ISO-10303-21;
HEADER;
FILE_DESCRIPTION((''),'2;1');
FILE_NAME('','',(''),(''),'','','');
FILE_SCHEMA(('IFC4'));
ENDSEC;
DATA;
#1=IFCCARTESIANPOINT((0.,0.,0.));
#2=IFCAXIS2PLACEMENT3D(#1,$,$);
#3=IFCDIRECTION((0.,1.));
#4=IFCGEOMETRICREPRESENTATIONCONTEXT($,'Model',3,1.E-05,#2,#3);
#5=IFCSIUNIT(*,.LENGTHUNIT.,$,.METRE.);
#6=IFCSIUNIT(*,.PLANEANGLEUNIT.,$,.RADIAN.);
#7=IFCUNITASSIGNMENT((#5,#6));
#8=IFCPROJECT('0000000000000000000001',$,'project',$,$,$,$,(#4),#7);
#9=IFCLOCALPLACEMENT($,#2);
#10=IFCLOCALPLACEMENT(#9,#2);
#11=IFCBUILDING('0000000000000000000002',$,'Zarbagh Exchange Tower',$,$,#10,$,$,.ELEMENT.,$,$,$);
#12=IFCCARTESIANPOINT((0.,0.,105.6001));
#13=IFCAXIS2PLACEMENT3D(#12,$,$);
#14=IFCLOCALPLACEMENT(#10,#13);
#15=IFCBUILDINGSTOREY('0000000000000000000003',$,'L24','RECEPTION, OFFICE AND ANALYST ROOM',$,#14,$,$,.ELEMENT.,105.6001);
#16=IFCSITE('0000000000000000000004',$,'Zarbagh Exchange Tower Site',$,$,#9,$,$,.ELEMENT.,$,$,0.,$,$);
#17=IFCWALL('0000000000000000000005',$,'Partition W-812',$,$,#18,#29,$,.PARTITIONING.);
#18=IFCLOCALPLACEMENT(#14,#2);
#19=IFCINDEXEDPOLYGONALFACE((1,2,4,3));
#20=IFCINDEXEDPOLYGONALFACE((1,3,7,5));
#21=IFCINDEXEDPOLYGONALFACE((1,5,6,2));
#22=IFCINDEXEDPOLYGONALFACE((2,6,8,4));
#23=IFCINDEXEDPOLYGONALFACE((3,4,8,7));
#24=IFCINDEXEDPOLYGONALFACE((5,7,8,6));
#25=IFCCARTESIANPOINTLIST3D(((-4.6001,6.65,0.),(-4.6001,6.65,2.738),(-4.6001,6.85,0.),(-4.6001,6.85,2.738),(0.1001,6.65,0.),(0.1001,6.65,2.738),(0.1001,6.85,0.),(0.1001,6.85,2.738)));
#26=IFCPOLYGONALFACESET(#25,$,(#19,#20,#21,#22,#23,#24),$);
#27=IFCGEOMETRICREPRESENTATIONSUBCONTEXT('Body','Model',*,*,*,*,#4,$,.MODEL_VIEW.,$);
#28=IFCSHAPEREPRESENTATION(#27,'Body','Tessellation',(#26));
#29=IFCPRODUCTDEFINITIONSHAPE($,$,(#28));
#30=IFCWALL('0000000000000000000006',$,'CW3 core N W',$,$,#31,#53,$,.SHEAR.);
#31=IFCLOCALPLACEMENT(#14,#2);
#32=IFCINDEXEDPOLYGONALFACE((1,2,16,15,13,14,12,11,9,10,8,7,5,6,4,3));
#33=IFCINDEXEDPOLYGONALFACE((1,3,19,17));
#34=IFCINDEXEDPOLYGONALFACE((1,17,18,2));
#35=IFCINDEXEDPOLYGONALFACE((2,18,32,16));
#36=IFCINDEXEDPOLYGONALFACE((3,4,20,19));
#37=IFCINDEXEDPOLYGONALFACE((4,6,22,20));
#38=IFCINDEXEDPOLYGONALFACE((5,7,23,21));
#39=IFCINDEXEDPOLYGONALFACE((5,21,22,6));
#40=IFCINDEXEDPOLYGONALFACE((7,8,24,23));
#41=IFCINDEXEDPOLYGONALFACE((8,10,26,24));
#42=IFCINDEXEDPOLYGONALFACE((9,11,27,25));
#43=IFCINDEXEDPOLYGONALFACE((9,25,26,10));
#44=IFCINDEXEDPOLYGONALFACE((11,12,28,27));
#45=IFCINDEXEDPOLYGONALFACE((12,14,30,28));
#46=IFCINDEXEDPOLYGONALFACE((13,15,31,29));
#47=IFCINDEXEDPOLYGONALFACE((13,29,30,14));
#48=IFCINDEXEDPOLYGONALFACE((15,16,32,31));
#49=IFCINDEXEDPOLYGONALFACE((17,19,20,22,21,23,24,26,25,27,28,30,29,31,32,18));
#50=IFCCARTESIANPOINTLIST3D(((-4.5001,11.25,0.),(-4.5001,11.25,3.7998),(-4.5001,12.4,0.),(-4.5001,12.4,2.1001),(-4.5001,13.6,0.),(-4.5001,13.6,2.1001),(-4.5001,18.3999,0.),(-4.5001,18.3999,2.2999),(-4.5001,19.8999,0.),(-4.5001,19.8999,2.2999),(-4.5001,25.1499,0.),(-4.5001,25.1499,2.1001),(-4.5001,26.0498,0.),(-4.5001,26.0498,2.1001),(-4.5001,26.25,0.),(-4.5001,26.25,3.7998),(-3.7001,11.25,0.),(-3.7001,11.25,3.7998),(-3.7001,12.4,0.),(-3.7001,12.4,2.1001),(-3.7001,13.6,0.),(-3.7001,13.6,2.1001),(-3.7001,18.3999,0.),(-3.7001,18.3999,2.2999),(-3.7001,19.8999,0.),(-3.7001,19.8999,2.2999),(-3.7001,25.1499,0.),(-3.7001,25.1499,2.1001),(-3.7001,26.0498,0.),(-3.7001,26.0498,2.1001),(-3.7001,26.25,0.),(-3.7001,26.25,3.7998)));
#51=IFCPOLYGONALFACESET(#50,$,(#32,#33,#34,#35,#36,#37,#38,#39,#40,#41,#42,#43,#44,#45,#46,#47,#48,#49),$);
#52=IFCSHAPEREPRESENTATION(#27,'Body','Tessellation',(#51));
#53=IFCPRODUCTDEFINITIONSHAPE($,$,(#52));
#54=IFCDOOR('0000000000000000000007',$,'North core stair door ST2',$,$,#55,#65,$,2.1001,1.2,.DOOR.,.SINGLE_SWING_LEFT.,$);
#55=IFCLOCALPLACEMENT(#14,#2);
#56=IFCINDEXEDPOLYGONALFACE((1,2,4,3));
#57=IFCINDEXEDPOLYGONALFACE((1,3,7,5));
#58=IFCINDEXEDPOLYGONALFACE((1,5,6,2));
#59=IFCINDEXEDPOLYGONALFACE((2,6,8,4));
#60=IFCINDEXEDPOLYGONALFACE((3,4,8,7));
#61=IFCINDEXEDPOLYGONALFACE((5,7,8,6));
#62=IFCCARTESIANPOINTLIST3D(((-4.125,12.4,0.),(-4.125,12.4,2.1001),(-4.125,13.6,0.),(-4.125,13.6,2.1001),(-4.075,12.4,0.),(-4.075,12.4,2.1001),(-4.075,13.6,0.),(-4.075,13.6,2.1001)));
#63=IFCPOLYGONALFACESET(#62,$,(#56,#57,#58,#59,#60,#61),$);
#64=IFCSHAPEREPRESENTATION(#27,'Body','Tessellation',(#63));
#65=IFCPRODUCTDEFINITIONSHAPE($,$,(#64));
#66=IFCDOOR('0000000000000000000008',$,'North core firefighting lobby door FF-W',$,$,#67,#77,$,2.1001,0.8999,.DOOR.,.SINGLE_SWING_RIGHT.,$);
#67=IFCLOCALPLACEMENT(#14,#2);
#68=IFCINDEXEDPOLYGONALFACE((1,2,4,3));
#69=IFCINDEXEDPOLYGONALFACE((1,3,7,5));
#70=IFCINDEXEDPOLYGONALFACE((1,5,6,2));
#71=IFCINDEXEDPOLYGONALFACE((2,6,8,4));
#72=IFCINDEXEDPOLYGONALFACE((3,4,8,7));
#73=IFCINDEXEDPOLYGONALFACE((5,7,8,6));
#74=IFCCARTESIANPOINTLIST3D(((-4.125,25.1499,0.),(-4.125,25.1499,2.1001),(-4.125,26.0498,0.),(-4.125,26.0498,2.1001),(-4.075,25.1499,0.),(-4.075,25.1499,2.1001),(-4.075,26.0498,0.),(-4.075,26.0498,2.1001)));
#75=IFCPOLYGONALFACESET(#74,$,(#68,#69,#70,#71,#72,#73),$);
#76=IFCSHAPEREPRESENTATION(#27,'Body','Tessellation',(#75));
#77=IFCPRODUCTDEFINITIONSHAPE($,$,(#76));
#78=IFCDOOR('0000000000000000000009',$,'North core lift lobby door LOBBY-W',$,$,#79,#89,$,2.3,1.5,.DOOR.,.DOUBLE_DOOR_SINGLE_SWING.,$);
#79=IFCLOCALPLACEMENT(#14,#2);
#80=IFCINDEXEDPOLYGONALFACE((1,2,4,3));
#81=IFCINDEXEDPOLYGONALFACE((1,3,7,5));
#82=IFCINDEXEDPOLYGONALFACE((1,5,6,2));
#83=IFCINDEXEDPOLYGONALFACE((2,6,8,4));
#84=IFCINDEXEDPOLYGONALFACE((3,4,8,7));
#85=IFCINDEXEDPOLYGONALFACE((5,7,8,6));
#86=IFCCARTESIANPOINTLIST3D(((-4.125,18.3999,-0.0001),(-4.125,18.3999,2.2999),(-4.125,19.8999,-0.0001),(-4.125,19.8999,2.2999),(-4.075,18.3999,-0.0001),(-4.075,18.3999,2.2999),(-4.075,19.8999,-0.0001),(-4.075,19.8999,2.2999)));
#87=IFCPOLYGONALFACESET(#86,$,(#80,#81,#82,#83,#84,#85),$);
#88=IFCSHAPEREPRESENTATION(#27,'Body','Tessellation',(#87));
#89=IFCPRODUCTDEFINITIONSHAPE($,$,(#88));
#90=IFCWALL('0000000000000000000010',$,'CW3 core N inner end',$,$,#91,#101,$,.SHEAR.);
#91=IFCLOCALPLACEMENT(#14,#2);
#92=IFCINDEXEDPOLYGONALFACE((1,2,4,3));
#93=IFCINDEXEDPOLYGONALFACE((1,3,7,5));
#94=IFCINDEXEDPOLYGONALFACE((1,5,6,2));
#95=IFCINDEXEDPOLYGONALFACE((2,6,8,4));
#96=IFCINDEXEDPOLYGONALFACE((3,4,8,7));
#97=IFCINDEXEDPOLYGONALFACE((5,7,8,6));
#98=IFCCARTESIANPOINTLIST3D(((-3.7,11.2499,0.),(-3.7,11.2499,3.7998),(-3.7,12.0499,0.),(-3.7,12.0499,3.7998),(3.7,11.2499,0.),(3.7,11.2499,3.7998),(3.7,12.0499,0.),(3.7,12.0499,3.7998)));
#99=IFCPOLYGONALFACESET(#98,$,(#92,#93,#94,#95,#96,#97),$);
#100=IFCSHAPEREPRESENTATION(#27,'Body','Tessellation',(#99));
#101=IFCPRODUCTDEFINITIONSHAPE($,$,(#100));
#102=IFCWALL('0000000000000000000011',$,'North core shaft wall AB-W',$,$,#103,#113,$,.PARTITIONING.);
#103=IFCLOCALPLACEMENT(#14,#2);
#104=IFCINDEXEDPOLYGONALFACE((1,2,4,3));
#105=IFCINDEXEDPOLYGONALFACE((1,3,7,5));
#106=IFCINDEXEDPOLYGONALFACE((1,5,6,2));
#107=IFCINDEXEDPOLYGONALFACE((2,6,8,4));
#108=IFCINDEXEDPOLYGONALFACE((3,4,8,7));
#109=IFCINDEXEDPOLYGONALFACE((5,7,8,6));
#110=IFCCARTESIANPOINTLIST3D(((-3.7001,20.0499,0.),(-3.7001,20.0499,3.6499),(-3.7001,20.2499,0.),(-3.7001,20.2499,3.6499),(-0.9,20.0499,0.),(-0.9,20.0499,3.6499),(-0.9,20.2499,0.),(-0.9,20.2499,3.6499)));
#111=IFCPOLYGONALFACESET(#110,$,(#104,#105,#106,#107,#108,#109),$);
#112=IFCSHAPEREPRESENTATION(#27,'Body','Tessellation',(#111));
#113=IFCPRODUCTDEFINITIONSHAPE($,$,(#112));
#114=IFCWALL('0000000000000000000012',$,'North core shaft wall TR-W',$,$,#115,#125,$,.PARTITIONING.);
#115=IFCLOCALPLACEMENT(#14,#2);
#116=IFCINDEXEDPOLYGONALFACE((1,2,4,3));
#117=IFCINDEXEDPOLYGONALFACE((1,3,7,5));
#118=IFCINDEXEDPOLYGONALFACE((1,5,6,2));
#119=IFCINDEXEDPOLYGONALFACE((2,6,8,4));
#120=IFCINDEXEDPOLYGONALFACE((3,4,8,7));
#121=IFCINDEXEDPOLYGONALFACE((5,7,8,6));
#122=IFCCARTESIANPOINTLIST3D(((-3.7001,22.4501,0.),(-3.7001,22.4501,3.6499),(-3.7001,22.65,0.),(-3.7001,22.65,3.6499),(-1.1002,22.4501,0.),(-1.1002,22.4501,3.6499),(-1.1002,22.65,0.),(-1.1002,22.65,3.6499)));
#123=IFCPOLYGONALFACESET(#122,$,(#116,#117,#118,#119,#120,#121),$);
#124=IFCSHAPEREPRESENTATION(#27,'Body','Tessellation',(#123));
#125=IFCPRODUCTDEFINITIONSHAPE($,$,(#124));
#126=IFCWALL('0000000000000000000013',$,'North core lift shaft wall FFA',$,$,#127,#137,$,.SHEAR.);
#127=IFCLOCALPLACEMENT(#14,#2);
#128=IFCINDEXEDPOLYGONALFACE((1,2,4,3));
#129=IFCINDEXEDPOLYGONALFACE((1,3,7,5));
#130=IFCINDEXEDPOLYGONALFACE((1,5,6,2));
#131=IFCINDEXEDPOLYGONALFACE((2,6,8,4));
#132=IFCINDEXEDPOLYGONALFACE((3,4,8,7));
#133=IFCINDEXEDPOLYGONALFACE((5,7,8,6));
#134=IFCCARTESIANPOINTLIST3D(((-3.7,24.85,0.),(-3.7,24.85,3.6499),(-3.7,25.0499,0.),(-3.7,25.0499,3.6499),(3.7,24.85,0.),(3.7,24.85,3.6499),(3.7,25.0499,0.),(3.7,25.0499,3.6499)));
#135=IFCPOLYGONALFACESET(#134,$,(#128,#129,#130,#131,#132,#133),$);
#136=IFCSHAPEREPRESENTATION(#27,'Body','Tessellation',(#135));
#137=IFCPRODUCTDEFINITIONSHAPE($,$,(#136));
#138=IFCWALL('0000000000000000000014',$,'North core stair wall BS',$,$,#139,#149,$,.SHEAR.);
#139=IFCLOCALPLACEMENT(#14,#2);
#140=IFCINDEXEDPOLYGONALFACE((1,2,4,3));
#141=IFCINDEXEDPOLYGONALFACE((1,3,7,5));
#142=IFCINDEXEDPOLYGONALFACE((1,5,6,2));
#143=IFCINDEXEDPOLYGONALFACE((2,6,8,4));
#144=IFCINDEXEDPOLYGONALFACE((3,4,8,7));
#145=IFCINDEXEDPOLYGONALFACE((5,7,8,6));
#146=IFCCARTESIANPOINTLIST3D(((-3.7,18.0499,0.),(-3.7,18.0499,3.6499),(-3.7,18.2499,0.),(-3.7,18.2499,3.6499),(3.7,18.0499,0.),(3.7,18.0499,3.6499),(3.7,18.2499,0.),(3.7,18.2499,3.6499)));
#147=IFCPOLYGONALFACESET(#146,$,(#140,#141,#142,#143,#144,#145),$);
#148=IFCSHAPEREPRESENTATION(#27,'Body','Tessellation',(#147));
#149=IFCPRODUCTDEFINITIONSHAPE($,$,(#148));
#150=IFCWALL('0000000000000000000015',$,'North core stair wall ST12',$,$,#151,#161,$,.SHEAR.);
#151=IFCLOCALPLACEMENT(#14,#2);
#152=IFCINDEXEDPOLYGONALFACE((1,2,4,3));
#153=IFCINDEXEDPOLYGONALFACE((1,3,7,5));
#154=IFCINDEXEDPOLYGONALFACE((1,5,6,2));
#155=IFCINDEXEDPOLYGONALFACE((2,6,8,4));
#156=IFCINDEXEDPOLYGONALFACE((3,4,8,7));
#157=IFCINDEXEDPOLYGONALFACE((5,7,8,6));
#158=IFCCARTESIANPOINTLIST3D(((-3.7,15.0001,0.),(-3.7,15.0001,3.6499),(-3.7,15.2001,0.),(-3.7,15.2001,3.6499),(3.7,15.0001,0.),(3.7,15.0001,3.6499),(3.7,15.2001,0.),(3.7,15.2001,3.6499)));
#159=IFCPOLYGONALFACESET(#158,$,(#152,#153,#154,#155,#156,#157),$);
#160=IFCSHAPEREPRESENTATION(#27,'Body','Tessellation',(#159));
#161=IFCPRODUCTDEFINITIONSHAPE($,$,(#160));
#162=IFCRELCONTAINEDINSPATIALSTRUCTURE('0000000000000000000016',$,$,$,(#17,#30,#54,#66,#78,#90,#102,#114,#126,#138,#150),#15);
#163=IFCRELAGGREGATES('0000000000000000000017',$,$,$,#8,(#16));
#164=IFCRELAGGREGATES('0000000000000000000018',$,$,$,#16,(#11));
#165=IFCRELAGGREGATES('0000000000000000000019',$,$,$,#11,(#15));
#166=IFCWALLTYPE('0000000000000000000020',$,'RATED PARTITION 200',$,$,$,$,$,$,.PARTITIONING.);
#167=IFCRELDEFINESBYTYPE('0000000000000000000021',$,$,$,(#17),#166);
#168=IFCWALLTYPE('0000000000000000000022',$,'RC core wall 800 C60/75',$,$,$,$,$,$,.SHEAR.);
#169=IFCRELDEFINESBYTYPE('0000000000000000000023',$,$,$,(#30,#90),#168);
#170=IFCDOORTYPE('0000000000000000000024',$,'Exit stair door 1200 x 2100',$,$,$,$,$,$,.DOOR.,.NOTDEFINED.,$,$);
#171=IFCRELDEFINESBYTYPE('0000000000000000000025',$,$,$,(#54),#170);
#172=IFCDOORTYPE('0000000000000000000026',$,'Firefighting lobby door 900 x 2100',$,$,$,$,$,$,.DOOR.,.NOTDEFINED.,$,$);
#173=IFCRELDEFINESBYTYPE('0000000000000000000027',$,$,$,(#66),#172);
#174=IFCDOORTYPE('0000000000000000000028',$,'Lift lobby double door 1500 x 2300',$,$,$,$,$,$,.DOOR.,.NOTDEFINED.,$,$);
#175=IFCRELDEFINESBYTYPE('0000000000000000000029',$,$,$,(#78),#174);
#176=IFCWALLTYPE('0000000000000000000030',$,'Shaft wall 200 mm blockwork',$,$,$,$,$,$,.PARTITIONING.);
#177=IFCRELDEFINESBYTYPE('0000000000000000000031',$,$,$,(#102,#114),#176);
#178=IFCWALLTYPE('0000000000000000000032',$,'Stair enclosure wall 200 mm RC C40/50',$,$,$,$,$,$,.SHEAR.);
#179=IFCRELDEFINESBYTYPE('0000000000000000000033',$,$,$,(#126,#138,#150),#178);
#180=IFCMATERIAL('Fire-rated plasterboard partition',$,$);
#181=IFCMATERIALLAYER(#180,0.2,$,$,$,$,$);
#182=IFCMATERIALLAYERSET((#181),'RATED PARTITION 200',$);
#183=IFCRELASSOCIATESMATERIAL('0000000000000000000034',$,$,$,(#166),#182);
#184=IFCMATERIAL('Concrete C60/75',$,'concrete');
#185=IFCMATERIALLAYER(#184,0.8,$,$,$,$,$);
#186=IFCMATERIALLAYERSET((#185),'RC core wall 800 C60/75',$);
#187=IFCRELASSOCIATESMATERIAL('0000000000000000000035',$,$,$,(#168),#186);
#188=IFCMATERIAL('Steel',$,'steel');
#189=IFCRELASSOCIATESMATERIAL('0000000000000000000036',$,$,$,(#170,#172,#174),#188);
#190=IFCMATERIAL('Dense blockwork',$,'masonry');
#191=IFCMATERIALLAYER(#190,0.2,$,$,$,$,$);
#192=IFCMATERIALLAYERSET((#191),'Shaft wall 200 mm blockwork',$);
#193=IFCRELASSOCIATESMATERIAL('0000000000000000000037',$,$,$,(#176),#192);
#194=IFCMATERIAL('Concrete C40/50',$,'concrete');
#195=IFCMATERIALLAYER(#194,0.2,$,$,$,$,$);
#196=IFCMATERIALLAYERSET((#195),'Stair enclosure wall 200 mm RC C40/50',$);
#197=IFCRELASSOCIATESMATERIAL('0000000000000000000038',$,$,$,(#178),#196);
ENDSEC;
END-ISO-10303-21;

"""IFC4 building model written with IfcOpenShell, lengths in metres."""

from ifc_helpers import new_model, si_unit, direction, frame, frame_2d, origin, place, context, subcontext, project, spatial, rectangle, extrude, material, layer, layer_set, type_object, element, fill, save


model = new_model("IFC4")

# Units and contexts
model_context = context("Model", 3, precision=1e-05, world=origin(), true_north=direction((0.0, 1.0)))
body_context = subcontext(model_context, "Body", "Model", "MODEL_VIEW")
ifc_project = project(units=[si_unit("LENGTHUNIT", "METRE"), si_unit("PLANEANGLEUNIT", "RADIAN")], contexts=[model_context])

# Site, building, storey
site_placement = place(None, origin())
site = spatial("IfcSite", under=ifc_project, at=site_placement, Name="Zarbagh Exchange Tower Site", CompositionType="ELEMENT", RefElevation=0.0)
building_placement = place(site_placement, origin())
building = spatial("IfcBuilding", under=site, at=building_placement, Name="Zarbagh Exchange Tower", CompositionType="ELEMENT")
storey_placement = place(building_placement, frame((0.0, 0.0, 105.6001)))
storey = spatial("IfcBuildingStorey", under=building, at=storey_placement, Name="L24", Description="RECEPTION, OFFICE AND ANALYST ROOM", CompositionType="ELEMENT", Elevation=105.6001)

# Shared definitions
ifc_material_1 = material(Name="Concrete C60/75", Category="concrete")

# Shared definitions
ifc_material_2 = material(Name="Fire-rated plasterboard partition")
ifc_layer_1 = layer(ifc_material_2, 0.2)
ifc_layer_set_1 = layer_set([ifc_layer_1], Name="RATED PARTITION 200")
wall_type_1 = type_object("IfcWallType", Name="RATED PARTITION 200", PredefinedType="PARTITIONING", material=ifc_layer_set_1)

# Wall
wall_1_placement = place(storey_placement, frame((-4.6001, 6.75, 0.0), z_axis=(0.0, 0.0, 1.0), x_axis=(1.0, 0.0, 0.0)))
element("IfcWall", 1, at=wall_1_placement, inside=storey, type_object=wall_type_1, Name="Partition W-812", PredefinedType="PARTITIONING", context=body_context, shape_type="SweptSolid", body=[
    extrude(rectangle(XDim=4.7002, YDim=0.2, at=frame_2d((2.3501, 0.0))), origin(), (0.0, 0.0, 1.0), 2.738),
])

# Wall, openings, doors
ifc_layer_2 = layer(ifc_material_1, 0.8)
ifc_layer_set_2 = layer_set([ifc_layer_2], Name="RC core wall 800 C60/75")
wall_type_2 = type_object("IfcWallType", Name="RC core wall 800 C60/75", PredefinedType="SHEAR", material=ifc_layer_set_2)
wall_2_placement = place(storey_placement, frame((-4.1001, 11.25, 0.0), z_axis=(0.0, 0.0, 1.0), x_axis=(0.0, 1.0, 0.0)))
wall_2 = element("IfcWall", 2, at=wall_2_placement, inside=storey, type_object=wall_type_2, Name="CW3 core N W", PredefinedType="SHEAR", context=body_context, shape_type="SweptSolid", body=[
    extrude(rectangle(XDim=15.0, YDim=0.8, at=frame_2d((7.5, 0.0))), origin(), (0.0, 0.0, 1.0), 3.7998),
])
opening_1_placement = place(wall_2_placement, frame((7.1499, 0.0, 0.0)))
opening_1 = element("IfcOpeningElement", 3, at=opening_1_placement, cuts=wall_2, PredefinedType="OPENING", context=body_context, shape_type="SweptSolid", body=[
    extrude(rectangle(XDim=1.5, YDim=2.3, at=frame_2d((0.75, 1.1499))), frame((0.0, 0.4099, 0.0), z_axis=(0.0, -1.0, 0.0), x_axis=(1.0, 0.0, 0.0)), (0.0, 0.0, 1.0), 0.8201),
])
opening_2_placement = place(wall_2_placement, frame((13.8999, 0.0, 0.0)))
opening_2 = element("IfcOpeningElement", 4, at=opening_2_placement, cuts=wall_2, PredefinedType="OPENING", context=body_context, shape_type="SweptSolid", body=[
    extrude(rectangle(XDim=0.8999, YDim=2.1001, at=frame_2d((0.45, 1.05))), frame((0.0, 0.4099, 0.0), z_axis=(0.0, -1.0, 0.0), x_axis=(1.0, 0.0, 0.0)), (0.0, 0.0, 1.0), 0.8201),
])
opening_3_placement = place(wall_2_placement, frame((1.1499, 0.0, 0.0)))
opening_3 = element("IfcOpeningElement", 5, at=opening_3_placement, cuts=wall_2, PredefinedType="OPENING", context=body_context, shape_type="SweptSolid", body=[
    extrude(rectangle(XDim=1.2, YDim=2.1001, at=frame_2d((0.6001, 1.05))), frame((0.0, 0.4099, 0.0), z_axis=(0.0, -1.0, 0.0), x_axis=(1.0, 0.0, 0.0)), (0.0, 0.0, 1.0), 0.8201),
])
ifc_material_3 = material(Name="Steel", Category="steel")
door_type_1 = type_object("IfcDoorType", Name="Exit stair door 1200 x 2100", OperationType="NOTDEFINED", PredefinedType="DOOR", material=ifc_material_3)
door_1_placement = place(opening_3_placement, origin())
door_1 = element("IfcDoor", 6, at=door_1_placement, inside=storey, type_object=door_type_1, Name="North core stair door ST2", OperationType="SINGLE_SWING_LEFT", OverallHeight=2.1001, OverallWidth=1.2, PredefinedType="DOOR", context=body_context, shape_type="SweptSolid", body=[
    extrude(rectangle(XDim=1.2, YDim=2.1001, at=frame_2d((0.6001, 1.05))), frame((0.0, 0.0249, 0.0), z_axis=(0.0, -1.0, 0.0), x_axis=(1.0, 0.0, 0.0)), (0.0, 0.0, 1.0), 0.05),
])
fill(opening_3, door_1)
door_type_2 = type_object("IfcDoorType", Name="Firefighting lobby door 900 x 2100", OperationType="NOTDEFINED", PredefinedType="DOOR", material=ifc_material_3)
door_2_placement = place(opening_2_placement, origin())
door_2 = element("IfcDoor", 7, at=door_2_placement, inside=storey, type_object=door_type_2, Name="North core firefighting lobby door FF-W", OperationType="SINGLE_SWING_RIGHT", OverallHeight=2.1001, OverallWidth=0.8999, PredefinedType="DOOR", context=body_context, shape_type="SweptSolid", body=[
    extrude(rectangle(XDim=0.8999, YDim=2.1001, at=frame_2d((0.45, 1.05))), frame((0.0, 0.0249, 0.0), z_axis=(0.0, -1.0, 0.0), x_axis=(1.0, 0.0, 0.0)), (0.0, 0.0, 1.0), 0.05),
])
fill(opening_2, door_2)
door_type_3 = type_object("IfcDoorType", Name="Lift lobby double door 1500 x 2300", OperationType="NOTDEFINED", PredefinedType="DOOR", material=ifc_material_3)
door_3_placement = place(opening_1_placement, origin())
door_3 = element("IfcDoor", 8, at=door_3_placement, inside=storey, type_object=door_type_3, Name="North core lift lobby door LOBBY-W", OperationType="DOUBLE_DOOR_SINGLE_SWING", OverallHeight=2.3, OverallWidth=1.5, PredefinedType="DOOR", context=body_context, shape_type="SweptSolid", body=[
    extrude(rectangle(XDim=1.5, YDim=2.3, at=frame_2d((0.75, 1.1499))), frame((0.0, 0.0249, 0.0), z_axis=(0.0, -1.0, 0.0), x_axis=(1.0, 0.0, 0.0)), (0.0, 0.0, 1.0), 0.05),
])
fill(opening_1, door_3)

# Walls
wall_3_placement = place(storey_placement, frame((-3.7, 11.6499, 0.0), z_axis=(0.0, 0.0, 1.0), x_axis=(1.0, 0.0, 0.0)))
element("IfcWall", 9, at=wall_3_placement, inside=storey, type_object=wall_type_2, Name="CW3 core N inner end", PredefinedType="SHEAR", context=body_context, shape_type="SweptSolid", body=[
    extrude(rectangle(XDim=7.3999, YDim=0.8, at=frame_2d((3.7, 0.0))), origin(), (0.0, 0.0, 1.0), 3.7998),
])
ifc_material_4 = material(Name="Dense blockwork", Category="masonry")
ifc_layer_3 = layer(ifc_material_4, 0.2)
ifc_layer_set_3 = layer_set([ifc_layer_3], Name="Shaft wall 200 mm blockwork")
wall_type_3 = type_object("IfcWallType", Name="Shaft wall 200 mm blockwork", PredefinedType="PARTITIONING", material=ifc_layer_set_3)
wall_4_placement = place(storey_placement, frame((-3.7, 20.1499, 0.0), z_axis=(0.0, 0.0, 1.0), x_axis=(1.0, 0.0, 0.0)))
element("IfcWall", 10, at=wall_4_placement, inside=storey, type_object=wall_type_3, Name="North core shaft wall AB-W", PredefinedType="PARTITIONING", context=body_context, shape_type="SweptSolid", body=[
    extrude(rectangle(XDim=2.8, YDim=0.2, at=frame_2d((1.3999, 0.0))), origin(), (0.0, 0.0, 1.0), 3.6499),
])
wall_5_placement = place(storey_placement, frame((-3.7, 22.55, 0.0), z_axis=(0.0, 0.0, 1.0), x_axis=(1.0, 0.0, 0.0)))
element("IfcWall", 11, at=wall_5_placement, inside=storey, type_object=wall_type_3, Name="North core shaft wall TR-W", PredefinedType="PARTITIONING", context=body_context, shape_type="SweptSolid", body=[
    extrude(rectangle(XDim=2.5999, YDim=0.2, at=frame_2d((1.2998, 0.0))), origin(), (0.0, 0.0, 1.0), 3.6499),
])
ifc_material_5 = material(Name="Concrete C40/50", Category="concrete")
ifc_layer_4 = layer(ifc_material_5, 0.2)
ifc_layer_set_4 = layer_set([ifc_layer_4], Name="Stair enclosure wall 200 mm RC C40/50")
wall_type_4 = type_object("IfcWallType", Name="Stair enclosure wall 200 mm RC C40/50", PredefinedType="SHEAR", material=ifc_layer_set_4)
for number, where, z_axis, x_axis, name in (
    (12, (-3.7, 24.95, 0.0), (0.0, 0.0, 1.0), (1.0, 0.0, 0.0), "North core lift shaft wall FFA"),
    (13, (-3.7, 18.1499, 0.0), (0.0, 0.0, 1.0), (1.0, 0.0, 0.0), "North core stair wall BS"),
    (14, (-3.7, 15.1001, 0.0), (0.0, 0.0, 1.0), (1.0, 0.0, 0.0), "North core stair wall ST12"),
):
    element("IfcWall", number, at=place(storey_placement, frame(where, z_axis=z_axis, x_axis=x_axis)), inside=storey, type_object=wall_type_4, Name=name, PredefinedType="SHEAR", context=body_context, shape_type="SweptSolid", body=[
        extrude(rectangle(XDim=7.3999, YDim=0.2, at=frame_2d((3.7, 0.0))), origin(), (0.0, 0.0, 1.0), 3.6499),
    ])

save(model, "model.ifc")
